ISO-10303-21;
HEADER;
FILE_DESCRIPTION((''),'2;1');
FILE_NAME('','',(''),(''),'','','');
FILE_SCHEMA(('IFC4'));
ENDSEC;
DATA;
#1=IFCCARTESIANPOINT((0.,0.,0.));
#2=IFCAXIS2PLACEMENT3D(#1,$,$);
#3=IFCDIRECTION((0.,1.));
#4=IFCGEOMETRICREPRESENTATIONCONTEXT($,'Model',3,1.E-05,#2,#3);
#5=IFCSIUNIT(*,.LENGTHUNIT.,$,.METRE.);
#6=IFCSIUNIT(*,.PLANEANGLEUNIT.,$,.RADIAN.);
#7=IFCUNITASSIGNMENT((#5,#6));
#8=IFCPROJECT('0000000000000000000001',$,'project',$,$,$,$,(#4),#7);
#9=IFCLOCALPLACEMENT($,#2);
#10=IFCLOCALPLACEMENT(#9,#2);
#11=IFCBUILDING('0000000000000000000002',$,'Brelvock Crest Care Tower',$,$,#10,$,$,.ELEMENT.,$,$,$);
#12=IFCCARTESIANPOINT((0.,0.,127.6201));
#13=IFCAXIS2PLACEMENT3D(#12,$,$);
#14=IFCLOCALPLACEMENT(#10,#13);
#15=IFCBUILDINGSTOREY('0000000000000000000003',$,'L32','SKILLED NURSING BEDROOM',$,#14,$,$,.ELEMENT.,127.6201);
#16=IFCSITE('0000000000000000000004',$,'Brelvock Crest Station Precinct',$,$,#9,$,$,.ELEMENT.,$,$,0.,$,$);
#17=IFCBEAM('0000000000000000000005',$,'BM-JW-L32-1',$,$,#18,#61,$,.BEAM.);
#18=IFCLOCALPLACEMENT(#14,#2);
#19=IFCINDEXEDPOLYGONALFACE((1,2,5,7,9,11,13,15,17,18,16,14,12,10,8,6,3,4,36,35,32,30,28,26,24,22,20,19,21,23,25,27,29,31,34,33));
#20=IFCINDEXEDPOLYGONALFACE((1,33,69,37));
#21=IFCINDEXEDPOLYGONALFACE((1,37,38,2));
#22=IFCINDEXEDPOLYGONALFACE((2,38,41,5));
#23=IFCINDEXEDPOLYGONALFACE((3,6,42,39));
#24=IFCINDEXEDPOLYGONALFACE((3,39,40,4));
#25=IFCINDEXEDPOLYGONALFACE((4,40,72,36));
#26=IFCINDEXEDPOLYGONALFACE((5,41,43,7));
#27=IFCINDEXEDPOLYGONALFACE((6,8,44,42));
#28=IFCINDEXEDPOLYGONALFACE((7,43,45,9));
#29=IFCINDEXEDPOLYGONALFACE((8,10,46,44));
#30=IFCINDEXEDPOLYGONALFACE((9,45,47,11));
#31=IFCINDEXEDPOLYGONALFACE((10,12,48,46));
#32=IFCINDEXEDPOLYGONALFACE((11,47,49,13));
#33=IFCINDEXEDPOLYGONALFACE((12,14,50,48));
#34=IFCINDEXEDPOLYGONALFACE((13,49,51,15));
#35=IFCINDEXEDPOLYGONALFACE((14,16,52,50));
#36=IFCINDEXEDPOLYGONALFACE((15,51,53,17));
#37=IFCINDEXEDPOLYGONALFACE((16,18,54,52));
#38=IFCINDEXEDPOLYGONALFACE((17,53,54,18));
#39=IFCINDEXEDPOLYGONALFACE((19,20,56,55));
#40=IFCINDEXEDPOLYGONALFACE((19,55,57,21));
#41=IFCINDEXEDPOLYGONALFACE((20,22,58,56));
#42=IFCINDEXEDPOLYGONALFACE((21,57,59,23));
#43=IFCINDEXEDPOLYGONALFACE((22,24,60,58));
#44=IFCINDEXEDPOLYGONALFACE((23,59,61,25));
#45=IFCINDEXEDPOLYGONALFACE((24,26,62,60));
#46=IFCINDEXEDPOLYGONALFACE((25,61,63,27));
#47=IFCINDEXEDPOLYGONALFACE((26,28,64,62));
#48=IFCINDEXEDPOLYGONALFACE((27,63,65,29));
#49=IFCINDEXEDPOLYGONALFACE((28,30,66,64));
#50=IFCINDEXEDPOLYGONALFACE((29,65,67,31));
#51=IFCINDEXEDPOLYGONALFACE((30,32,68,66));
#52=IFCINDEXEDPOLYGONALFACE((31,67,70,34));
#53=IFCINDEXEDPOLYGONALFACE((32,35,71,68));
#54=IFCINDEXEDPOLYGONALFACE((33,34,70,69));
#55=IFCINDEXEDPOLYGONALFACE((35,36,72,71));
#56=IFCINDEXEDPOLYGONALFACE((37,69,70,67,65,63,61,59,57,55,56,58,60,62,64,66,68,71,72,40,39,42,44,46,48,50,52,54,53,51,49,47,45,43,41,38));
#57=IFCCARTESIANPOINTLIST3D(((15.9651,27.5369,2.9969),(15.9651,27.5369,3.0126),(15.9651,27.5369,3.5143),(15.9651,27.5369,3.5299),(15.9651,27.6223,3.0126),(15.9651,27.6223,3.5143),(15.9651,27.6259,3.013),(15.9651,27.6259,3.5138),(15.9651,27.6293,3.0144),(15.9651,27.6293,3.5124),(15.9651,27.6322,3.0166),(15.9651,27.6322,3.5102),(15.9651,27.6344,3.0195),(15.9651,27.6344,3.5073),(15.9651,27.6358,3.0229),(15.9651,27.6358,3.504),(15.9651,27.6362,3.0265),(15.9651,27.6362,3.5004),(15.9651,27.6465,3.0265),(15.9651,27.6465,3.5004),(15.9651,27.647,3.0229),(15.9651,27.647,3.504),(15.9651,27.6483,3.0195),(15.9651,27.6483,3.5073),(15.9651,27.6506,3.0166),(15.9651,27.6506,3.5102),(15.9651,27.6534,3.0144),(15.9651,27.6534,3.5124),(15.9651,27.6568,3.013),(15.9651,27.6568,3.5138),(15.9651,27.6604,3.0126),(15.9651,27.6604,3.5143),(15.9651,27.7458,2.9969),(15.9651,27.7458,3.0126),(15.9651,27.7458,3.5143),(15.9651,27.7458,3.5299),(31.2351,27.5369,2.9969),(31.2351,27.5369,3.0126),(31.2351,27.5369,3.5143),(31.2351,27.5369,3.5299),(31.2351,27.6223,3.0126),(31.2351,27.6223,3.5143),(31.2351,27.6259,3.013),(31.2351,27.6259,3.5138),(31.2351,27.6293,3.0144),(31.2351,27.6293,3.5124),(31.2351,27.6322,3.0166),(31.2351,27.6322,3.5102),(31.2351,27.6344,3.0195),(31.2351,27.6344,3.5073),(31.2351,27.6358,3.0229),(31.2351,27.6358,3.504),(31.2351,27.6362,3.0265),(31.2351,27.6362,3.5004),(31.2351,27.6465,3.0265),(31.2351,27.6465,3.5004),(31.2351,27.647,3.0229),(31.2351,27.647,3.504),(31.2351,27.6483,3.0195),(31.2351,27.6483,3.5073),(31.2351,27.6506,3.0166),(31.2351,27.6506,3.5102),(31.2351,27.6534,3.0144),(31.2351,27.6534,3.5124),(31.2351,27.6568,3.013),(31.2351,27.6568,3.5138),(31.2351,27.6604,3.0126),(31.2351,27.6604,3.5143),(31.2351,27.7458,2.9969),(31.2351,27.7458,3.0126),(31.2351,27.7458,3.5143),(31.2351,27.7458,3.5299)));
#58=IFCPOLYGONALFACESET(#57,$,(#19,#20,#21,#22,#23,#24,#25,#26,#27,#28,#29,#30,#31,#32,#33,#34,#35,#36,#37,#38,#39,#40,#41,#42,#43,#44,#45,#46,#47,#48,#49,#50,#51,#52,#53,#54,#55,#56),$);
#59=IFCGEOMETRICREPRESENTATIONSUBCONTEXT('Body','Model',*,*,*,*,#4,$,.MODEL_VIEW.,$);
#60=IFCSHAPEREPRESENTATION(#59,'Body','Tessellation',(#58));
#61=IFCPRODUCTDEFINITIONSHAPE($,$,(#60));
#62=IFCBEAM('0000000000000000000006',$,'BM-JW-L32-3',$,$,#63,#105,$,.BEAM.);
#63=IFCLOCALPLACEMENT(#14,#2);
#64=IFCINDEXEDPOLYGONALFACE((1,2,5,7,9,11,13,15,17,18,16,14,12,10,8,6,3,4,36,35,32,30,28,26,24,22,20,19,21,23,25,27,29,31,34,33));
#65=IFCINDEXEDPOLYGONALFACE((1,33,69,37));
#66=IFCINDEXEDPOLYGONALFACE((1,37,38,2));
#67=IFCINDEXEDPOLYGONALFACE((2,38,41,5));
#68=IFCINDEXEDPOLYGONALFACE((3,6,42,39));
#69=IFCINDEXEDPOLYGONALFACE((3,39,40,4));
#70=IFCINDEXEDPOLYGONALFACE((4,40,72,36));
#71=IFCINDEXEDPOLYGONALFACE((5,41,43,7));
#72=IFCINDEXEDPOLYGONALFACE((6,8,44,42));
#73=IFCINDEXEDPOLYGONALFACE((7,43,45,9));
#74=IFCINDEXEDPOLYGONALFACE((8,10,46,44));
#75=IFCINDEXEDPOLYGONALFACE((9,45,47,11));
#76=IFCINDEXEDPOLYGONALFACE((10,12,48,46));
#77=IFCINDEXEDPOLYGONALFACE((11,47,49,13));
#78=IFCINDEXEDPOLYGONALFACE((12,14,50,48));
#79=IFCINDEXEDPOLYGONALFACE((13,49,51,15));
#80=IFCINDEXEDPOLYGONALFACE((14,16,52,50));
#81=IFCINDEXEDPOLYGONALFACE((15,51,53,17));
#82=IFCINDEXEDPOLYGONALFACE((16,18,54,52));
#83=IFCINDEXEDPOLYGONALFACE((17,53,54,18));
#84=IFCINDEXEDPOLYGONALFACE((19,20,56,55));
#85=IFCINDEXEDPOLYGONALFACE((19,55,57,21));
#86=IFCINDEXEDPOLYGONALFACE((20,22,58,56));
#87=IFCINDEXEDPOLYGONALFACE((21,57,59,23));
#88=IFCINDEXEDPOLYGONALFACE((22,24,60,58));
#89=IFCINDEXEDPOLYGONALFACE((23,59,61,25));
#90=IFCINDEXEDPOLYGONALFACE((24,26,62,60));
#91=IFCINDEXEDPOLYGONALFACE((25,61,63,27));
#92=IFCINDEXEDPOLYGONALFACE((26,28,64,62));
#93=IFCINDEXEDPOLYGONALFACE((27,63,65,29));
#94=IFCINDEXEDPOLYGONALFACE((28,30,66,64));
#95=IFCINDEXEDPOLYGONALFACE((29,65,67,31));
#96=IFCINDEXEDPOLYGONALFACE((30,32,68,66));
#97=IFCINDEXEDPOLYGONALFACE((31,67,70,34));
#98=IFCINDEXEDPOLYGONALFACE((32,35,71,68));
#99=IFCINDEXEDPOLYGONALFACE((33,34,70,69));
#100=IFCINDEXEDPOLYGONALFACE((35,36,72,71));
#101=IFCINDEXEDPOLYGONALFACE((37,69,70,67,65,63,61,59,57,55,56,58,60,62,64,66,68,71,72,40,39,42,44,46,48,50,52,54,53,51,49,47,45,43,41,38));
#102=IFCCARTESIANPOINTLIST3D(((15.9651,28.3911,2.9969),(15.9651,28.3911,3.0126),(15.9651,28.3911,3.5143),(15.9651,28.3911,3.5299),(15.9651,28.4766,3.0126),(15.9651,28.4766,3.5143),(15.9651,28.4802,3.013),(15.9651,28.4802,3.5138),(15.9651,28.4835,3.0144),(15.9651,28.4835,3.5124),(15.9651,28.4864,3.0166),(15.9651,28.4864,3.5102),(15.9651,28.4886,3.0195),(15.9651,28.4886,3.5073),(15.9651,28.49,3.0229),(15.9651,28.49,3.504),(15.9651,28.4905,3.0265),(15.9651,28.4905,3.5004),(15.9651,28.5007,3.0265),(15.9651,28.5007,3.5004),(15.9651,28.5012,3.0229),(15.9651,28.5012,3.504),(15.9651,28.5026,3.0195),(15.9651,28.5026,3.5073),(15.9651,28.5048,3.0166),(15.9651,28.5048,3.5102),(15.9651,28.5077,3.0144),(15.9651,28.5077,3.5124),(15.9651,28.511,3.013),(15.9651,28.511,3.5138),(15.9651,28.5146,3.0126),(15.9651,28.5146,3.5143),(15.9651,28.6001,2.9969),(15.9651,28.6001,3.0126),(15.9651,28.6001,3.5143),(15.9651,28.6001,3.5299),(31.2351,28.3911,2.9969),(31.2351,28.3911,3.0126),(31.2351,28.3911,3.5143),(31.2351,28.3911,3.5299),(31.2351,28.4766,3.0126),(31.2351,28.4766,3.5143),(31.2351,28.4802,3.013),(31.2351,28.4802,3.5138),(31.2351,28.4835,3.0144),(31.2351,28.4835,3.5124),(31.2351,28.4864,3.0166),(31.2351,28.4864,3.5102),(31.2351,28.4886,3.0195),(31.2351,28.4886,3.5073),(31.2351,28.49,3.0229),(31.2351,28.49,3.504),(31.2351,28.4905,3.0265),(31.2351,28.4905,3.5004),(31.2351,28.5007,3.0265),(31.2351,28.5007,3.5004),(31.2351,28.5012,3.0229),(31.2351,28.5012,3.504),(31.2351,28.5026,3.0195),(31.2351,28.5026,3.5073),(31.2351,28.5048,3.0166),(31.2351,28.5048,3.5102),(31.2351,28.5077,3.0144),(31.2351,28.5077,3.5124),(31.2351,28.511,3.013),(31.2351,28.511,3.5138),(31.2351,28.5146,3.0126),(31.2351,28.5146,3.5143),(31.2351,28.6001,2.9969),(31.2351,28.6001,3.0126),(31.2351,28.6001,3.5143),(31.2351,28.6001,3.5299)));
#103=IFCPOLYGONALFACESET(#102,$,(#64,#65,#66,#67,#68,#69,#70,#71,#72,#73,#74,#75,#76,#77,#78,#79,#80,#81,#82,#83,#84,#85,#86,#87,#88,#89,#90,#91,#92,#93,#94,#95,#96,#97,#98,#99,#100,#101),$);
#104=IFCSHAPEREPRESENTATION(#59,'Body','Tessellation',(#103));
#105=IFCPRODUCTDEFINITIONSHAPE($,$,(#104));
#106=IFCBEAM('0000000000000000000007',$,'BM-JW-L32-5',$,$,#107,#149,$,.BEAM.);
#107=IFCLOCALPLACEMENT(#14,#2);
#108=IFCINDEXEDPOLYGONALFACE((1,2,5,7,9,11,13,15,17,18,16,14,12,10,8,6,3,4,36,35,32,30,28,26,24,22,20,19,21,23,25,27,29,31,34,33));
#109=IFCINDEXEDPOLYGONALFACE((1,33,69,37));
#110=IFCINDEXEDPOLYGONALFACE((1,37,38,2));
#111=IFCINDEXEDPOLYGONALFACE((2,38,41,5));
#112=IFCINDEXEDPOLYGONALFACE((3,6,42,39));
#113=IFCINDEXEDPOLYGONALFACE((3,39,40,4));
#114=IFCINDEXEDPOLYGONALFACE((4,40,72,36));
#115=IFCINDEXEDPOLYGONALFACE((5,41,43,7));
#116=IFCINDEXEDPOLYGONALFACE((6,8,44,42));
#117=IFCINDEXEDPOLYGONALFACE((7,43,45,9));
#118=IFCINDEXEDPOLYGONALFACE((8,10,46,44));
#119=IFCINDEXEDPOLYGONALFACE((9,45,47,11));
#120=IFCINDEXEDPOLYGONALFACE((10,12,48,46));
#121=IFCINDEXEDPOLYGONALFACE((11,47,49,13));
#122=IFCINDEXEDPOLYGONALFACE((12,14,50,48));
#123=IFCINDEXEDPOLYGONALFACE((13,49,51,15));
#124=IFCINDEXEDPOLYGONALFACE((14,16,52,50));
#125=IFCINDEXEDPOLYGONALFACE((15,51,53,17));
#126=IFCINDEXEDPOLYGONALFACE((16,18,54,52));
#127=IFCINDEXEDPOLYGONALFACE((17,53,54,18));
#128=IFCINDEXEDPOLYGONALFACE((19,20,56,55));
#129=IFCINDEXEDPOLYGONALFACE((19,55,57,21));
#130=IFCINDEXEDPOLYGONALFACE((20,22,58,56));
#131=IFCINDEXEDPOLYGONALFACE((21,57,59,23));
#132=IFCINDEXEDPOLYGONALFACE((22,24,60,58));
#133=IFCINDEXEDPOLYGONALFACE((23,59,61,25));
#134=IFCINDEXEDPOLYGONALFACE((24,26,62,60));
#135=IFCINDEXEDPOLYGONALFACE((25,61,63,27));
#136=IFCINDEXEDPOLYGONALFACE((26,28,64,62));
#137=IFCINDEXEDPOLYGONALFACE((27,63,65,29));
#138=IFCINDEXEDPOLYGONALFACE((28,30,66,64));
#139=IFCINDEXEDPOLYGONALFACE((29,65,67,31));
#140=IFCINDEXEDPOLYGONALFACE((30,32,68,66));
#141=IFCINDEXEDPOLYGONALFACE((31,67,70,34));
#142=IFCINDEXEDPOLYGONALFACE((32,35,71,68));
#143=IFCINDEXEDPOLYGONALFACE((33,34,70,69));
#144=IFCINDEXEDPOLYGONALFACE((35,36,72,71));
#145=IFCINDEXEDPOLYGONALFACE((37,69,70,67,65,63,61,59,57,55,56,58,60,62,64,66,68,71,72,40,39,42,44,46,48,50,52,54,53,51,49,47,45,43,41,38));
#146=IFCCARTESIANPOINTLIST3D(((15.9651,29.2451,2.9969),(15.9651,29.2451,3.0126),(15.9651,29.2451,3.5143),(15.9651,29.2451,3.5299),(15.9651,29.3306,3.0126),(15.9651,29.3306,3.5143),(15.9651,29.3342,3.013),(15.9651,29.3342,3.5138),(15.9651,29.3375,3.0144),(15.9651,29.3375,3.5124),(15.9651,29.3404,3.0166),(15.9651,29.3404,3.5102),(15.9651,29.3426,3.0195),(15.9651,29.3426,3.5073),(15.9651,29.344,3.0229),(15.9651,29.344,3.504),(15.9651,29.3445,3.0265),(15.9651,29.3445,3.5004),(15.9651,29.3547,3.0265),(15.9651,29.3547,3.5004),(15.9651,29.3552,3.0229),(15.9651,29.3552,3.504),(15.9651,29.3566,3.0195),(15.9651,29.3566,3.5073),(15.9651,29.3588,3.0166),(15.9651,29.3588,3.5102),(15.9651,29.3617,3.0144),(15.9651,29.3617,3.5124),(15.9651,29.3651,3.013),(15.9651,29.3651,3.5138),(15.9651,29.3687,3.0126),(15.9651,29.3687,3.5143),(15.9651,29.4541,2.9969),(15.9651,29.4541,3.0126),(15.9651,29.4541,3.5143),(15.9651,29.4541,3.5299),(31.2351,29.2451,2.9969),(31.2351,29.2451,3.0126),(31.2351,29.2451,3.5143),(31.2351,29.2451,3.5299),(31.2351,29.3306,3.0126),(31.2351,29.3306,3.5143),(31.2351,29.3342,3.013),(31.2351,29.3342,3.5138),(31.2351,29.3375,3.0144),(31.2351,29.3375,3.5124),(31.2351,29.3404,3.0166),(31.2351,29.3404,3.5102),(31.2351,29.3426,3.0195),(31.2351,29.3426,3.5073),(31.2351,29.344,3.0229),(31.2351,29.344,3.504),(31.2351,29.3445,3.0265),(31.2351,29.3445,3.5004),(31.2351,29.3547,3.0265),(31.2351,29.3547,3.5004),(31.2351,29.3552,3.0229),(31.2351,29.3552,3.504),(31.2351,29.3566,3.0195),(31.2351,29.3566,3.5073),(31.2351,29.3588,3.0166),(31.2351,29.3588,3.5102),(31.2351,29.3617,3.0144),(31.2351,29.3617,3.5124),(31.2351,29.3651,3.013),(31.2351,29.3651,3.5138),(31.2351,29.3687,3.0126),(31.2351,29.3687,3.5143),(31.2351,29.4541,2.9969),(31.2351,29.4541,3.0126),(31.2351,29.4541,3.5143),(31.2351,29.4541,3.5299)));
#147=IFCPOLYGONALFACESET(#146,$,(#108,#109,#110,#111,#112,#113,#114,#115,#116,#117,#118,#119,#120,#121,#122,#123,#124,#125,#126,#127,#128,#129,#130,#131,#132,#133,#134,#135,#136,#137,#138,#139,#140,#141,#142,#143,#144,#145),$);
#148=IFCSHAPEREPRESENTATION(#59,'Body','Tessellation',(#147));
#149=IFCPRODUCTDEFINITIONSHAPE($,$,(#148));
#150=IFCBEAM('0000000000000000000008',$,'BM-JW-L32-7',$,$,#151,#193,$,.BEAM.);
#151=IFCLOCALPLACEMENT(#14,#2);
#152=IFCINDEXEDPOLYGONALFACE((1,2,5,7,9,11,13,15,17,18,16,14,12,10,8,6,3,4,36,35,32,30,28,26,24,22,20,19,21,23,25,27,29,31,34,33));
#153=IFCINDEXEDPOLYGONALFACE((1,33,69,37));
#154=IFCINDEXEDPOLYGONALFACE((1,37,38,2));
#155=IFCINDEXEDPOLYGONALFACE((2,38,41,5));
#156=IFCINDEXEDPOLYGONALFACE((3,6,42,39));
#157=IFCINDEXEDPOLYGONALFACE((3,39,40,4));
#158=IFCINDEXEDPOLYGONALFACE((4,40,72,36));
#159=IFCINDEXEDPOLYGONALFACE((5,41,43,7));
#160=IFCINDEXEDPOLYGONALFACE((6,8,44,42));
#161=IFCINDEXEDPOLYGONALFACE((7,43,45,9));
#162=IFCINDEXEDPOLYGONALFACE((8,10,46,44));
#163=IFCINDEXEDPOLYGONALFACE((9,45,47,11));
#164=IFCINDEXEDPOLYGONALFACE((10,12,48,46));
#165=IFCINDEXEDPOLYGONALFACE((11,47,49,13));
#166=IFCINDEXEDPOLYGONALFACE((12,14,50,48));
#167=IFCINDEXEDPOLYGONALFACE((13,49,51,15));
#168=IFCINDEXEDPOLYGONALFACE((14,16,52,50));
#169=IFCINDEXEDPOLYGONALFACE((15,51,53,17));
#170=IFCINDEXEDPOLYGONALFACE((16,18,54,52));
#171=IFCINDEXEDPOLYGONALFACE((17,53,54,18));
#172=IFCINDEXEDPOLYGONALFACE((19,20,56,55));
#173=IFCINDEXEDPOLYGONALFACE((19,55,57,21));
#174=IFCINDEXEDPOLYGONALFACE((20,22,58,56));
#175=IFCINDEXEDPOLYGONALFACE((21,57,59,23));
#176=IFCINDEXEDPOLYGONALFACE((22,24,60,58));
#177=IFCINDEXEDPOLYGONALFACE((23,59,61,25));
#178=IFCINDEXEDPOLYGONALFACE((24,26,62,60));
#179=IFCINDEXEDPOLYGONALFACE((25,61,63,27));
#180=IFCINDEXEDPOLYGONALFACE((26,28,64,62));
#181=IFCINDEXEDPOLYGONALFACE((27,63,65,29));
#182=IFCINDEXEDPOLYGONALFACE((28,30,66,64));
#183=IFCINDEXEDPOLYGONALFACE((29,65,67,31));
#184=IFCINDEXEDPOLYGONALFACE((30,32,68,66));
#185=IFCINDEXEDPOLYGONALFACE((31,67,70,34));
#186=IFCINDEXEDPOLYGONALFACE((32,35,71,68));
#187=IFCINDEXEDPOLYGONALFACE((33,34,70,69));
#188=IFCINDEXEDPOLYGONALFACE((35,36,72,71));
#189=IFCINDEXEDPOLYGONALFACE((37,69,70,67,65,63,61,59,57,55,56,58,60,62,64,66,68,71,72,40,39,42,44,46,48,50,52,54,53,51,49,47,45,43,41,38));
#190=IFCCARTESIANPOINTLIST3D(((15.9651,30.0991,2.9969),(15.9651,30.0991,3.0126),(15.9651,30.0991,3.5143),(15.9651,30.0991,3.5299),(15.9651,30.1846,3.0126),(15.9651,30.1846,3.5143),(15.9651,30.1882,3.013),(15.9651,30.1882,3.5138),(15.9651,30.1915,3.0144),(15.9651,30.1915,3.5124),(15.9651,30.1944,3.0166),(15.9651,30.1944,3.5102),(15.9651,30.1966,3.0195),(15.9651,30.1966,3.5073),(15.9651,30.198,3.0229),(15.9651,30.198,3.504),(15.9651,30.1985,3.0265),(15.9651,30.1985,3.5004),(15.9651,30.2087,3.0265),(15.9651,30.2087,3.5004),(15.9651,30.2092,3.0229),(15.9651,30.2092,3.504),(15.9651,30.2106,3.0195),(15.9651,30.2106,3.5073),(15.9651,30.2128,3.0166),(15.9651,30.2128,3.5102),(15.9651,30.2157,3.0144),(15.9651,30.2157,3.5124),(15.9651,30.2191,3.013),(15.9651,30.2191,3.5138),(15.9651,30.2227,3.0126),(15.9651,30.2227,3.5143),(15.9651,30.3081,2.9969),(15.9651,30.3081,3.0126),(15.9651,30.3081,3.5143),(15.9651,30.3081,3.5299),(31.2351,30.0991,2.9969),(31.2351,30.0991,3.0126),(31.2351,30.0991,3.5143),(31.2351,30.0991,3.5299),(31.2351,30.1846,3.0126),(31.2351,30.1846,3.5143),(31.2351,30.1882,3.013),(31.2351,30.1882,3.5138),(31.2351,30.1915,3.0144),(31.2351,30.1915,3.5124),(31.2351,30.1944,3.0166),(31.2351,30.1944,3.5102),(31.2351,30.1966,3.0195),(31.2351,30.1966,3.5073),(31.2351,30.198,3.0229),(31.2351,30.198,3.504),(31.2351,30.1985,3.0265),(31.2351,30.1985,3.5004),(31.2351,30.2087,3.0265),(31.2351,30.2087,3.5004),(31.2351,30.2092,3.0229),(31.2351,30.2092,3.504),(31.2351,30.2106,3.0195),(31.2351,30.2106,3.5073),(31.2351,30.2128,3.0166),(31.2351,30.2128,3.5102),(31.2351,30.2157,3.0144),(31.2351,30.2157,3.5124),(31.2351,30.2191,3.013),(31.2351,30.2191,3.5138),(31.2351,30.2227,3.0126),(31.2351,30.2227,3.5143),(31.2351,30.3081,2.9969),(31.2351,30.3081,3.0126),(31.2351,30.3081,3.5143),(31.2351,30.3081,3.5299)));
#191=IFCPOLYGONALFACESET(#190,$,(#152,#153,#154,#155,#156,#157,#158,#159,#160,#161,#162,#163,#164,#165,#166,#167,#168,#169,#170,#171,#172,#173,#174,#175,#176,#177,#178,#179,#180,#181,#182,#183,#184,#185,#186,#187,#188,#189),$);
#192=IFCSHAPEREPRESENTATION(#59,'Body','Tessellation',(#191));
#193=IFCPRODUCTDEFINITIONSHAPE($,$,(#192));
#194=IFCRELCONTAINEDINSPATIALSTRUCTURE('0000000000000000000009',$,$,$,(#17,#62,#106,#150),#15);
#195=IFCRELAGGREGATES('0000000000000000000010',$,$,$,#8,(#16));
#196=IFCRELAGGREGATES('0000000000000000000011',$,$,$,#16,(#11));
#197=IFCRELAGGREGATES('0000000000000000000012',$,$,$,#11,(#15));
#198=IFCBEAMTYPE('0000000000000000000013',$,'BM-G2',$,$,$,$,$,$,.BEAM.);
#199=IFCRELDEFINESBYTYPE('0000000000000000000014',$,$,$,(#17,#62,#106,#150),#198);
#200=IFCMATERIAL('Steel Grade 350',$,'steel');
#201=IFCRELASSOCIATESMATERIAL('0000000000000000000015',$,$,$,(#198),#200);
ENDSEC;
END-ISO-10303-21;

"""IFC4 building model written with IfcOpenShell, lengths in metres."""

from ifc_helpers import new_model, si_unit, direction, frame, origin, origin_2d, place, context, subcontext, project, spatial, i_section, extrude, source, transform, mapped, material, material_profile, profile_set, type_object, element, save


model = new_model("IFC4")

# Units and contexts
model_context = context("Model", 3, precision=1e-05, world=origin(), true_north=direction((0.0, 1.0)))
body_context = subcontext(model_context, "Body", "Model", "MODEL_VIEW")
ifc_project = project(units=[si_unit("LENGTHUNIT", "METRE"), si_unit("PLANEANGLEUNIT", "RADIAN")], contexts=[model_context])

# Site, building, storey
site_placement = place(None, origin())
site = spatial("IfcSite", under=ifc_project, at=site_placement, Name="Brelvock Crest Station Precinct", CompositionType="ELEMENT", RefElevation=0.0)
building_placement = place(site_placement, origin())
building = spatial("IfcBuilding", under=site, at=building_placement, Name="Brelvock Crest Care Tower", CompositionType="ELEMENT")
storey_placement = place(building_placement, frame((0.0, 0.0, 127.6201)))
storey = spatial("IfcBuildingStorey", under=building, at=storey_placement, Name="L32", Description="SKILLED NURSING BEDROOM", CompositionType="ELEMENT", Elevation=127.6201)

# Beams
ifc_material_1 = material(Name="Steel Grade 350", Category="steel")
ifc_material_profile_1 = material_profile(ifc_material_1, i_section(OverallWidth=0.209, OverallDepth=0.533, WebThickness=0.0103, FlangeThickness=0.0156, FilletRadius=0.0139, at=origin_2d()), Name="530UB92.4")
ifc_profile_set_1 = profile_set([ifc_material_profile_1], Name="Steel Grade 350")
beam_type_1 = type_object("IfcBeamType", Name="BM-G2", PredefinedType="BEAM", material=ifc_profile_set_1)
shared_shape_1 = source(origin(), body_context, "Body", "SweptSolid", [
    extrude(i_section(OverallWidth=0.209, OverallDepth=0.533, WebThickness=0.0103, FlangeThickness=0.0156, FilletRadius=0.0139, at=origin_2d()), origin(), (0.0, 0.0, 1.0), 15.27),
])
for number, where, z_axis, x_axis, name in (
    (1, (15.9651, 27.6414, 3.2634), (1.0, 0.0, 0.0), (0.0, 1.0, 0.0), "BM-JW-L32-1"),
    (2, (15.9651, 28.4956, 3.2634), (1.0, 0.0, 0.0), (0.0, 1.0, 0.0), "BM-JW-L32-3"),
    (3, (15.9651, 29.3496, 3.2634), (1.0, 0.0, 0.0), (0.0, 1.0, 0.0), "BM-JW-L32-5"),
    (4, (15.9651, 30.2036, 3.2634), (1.0, 0.0, 0.0), (0.0, 1.0, 0.0), "BM-JW-L32-7"),
):
    element("IfcBeam", number, at=place(storey_placement, frame(where, z_axis=z_axis, x_axis=x_axis)), inside=storey, type_object=beam_type_1, Name=name, PredefinedType="BEAM", context=body_context, shape_type="MappedRepresentation", body=[
        mapped(shared_shape_1, transform((0.0, 0.0, 0.0), x_axis=(1.0, 0.0, 0.0), y_axis=(0.0, 1.0, 0.0), z_axis=(0.0, 0.0, 1.0), scale=1.0)),
    ])

save(model, "model.ifc")
